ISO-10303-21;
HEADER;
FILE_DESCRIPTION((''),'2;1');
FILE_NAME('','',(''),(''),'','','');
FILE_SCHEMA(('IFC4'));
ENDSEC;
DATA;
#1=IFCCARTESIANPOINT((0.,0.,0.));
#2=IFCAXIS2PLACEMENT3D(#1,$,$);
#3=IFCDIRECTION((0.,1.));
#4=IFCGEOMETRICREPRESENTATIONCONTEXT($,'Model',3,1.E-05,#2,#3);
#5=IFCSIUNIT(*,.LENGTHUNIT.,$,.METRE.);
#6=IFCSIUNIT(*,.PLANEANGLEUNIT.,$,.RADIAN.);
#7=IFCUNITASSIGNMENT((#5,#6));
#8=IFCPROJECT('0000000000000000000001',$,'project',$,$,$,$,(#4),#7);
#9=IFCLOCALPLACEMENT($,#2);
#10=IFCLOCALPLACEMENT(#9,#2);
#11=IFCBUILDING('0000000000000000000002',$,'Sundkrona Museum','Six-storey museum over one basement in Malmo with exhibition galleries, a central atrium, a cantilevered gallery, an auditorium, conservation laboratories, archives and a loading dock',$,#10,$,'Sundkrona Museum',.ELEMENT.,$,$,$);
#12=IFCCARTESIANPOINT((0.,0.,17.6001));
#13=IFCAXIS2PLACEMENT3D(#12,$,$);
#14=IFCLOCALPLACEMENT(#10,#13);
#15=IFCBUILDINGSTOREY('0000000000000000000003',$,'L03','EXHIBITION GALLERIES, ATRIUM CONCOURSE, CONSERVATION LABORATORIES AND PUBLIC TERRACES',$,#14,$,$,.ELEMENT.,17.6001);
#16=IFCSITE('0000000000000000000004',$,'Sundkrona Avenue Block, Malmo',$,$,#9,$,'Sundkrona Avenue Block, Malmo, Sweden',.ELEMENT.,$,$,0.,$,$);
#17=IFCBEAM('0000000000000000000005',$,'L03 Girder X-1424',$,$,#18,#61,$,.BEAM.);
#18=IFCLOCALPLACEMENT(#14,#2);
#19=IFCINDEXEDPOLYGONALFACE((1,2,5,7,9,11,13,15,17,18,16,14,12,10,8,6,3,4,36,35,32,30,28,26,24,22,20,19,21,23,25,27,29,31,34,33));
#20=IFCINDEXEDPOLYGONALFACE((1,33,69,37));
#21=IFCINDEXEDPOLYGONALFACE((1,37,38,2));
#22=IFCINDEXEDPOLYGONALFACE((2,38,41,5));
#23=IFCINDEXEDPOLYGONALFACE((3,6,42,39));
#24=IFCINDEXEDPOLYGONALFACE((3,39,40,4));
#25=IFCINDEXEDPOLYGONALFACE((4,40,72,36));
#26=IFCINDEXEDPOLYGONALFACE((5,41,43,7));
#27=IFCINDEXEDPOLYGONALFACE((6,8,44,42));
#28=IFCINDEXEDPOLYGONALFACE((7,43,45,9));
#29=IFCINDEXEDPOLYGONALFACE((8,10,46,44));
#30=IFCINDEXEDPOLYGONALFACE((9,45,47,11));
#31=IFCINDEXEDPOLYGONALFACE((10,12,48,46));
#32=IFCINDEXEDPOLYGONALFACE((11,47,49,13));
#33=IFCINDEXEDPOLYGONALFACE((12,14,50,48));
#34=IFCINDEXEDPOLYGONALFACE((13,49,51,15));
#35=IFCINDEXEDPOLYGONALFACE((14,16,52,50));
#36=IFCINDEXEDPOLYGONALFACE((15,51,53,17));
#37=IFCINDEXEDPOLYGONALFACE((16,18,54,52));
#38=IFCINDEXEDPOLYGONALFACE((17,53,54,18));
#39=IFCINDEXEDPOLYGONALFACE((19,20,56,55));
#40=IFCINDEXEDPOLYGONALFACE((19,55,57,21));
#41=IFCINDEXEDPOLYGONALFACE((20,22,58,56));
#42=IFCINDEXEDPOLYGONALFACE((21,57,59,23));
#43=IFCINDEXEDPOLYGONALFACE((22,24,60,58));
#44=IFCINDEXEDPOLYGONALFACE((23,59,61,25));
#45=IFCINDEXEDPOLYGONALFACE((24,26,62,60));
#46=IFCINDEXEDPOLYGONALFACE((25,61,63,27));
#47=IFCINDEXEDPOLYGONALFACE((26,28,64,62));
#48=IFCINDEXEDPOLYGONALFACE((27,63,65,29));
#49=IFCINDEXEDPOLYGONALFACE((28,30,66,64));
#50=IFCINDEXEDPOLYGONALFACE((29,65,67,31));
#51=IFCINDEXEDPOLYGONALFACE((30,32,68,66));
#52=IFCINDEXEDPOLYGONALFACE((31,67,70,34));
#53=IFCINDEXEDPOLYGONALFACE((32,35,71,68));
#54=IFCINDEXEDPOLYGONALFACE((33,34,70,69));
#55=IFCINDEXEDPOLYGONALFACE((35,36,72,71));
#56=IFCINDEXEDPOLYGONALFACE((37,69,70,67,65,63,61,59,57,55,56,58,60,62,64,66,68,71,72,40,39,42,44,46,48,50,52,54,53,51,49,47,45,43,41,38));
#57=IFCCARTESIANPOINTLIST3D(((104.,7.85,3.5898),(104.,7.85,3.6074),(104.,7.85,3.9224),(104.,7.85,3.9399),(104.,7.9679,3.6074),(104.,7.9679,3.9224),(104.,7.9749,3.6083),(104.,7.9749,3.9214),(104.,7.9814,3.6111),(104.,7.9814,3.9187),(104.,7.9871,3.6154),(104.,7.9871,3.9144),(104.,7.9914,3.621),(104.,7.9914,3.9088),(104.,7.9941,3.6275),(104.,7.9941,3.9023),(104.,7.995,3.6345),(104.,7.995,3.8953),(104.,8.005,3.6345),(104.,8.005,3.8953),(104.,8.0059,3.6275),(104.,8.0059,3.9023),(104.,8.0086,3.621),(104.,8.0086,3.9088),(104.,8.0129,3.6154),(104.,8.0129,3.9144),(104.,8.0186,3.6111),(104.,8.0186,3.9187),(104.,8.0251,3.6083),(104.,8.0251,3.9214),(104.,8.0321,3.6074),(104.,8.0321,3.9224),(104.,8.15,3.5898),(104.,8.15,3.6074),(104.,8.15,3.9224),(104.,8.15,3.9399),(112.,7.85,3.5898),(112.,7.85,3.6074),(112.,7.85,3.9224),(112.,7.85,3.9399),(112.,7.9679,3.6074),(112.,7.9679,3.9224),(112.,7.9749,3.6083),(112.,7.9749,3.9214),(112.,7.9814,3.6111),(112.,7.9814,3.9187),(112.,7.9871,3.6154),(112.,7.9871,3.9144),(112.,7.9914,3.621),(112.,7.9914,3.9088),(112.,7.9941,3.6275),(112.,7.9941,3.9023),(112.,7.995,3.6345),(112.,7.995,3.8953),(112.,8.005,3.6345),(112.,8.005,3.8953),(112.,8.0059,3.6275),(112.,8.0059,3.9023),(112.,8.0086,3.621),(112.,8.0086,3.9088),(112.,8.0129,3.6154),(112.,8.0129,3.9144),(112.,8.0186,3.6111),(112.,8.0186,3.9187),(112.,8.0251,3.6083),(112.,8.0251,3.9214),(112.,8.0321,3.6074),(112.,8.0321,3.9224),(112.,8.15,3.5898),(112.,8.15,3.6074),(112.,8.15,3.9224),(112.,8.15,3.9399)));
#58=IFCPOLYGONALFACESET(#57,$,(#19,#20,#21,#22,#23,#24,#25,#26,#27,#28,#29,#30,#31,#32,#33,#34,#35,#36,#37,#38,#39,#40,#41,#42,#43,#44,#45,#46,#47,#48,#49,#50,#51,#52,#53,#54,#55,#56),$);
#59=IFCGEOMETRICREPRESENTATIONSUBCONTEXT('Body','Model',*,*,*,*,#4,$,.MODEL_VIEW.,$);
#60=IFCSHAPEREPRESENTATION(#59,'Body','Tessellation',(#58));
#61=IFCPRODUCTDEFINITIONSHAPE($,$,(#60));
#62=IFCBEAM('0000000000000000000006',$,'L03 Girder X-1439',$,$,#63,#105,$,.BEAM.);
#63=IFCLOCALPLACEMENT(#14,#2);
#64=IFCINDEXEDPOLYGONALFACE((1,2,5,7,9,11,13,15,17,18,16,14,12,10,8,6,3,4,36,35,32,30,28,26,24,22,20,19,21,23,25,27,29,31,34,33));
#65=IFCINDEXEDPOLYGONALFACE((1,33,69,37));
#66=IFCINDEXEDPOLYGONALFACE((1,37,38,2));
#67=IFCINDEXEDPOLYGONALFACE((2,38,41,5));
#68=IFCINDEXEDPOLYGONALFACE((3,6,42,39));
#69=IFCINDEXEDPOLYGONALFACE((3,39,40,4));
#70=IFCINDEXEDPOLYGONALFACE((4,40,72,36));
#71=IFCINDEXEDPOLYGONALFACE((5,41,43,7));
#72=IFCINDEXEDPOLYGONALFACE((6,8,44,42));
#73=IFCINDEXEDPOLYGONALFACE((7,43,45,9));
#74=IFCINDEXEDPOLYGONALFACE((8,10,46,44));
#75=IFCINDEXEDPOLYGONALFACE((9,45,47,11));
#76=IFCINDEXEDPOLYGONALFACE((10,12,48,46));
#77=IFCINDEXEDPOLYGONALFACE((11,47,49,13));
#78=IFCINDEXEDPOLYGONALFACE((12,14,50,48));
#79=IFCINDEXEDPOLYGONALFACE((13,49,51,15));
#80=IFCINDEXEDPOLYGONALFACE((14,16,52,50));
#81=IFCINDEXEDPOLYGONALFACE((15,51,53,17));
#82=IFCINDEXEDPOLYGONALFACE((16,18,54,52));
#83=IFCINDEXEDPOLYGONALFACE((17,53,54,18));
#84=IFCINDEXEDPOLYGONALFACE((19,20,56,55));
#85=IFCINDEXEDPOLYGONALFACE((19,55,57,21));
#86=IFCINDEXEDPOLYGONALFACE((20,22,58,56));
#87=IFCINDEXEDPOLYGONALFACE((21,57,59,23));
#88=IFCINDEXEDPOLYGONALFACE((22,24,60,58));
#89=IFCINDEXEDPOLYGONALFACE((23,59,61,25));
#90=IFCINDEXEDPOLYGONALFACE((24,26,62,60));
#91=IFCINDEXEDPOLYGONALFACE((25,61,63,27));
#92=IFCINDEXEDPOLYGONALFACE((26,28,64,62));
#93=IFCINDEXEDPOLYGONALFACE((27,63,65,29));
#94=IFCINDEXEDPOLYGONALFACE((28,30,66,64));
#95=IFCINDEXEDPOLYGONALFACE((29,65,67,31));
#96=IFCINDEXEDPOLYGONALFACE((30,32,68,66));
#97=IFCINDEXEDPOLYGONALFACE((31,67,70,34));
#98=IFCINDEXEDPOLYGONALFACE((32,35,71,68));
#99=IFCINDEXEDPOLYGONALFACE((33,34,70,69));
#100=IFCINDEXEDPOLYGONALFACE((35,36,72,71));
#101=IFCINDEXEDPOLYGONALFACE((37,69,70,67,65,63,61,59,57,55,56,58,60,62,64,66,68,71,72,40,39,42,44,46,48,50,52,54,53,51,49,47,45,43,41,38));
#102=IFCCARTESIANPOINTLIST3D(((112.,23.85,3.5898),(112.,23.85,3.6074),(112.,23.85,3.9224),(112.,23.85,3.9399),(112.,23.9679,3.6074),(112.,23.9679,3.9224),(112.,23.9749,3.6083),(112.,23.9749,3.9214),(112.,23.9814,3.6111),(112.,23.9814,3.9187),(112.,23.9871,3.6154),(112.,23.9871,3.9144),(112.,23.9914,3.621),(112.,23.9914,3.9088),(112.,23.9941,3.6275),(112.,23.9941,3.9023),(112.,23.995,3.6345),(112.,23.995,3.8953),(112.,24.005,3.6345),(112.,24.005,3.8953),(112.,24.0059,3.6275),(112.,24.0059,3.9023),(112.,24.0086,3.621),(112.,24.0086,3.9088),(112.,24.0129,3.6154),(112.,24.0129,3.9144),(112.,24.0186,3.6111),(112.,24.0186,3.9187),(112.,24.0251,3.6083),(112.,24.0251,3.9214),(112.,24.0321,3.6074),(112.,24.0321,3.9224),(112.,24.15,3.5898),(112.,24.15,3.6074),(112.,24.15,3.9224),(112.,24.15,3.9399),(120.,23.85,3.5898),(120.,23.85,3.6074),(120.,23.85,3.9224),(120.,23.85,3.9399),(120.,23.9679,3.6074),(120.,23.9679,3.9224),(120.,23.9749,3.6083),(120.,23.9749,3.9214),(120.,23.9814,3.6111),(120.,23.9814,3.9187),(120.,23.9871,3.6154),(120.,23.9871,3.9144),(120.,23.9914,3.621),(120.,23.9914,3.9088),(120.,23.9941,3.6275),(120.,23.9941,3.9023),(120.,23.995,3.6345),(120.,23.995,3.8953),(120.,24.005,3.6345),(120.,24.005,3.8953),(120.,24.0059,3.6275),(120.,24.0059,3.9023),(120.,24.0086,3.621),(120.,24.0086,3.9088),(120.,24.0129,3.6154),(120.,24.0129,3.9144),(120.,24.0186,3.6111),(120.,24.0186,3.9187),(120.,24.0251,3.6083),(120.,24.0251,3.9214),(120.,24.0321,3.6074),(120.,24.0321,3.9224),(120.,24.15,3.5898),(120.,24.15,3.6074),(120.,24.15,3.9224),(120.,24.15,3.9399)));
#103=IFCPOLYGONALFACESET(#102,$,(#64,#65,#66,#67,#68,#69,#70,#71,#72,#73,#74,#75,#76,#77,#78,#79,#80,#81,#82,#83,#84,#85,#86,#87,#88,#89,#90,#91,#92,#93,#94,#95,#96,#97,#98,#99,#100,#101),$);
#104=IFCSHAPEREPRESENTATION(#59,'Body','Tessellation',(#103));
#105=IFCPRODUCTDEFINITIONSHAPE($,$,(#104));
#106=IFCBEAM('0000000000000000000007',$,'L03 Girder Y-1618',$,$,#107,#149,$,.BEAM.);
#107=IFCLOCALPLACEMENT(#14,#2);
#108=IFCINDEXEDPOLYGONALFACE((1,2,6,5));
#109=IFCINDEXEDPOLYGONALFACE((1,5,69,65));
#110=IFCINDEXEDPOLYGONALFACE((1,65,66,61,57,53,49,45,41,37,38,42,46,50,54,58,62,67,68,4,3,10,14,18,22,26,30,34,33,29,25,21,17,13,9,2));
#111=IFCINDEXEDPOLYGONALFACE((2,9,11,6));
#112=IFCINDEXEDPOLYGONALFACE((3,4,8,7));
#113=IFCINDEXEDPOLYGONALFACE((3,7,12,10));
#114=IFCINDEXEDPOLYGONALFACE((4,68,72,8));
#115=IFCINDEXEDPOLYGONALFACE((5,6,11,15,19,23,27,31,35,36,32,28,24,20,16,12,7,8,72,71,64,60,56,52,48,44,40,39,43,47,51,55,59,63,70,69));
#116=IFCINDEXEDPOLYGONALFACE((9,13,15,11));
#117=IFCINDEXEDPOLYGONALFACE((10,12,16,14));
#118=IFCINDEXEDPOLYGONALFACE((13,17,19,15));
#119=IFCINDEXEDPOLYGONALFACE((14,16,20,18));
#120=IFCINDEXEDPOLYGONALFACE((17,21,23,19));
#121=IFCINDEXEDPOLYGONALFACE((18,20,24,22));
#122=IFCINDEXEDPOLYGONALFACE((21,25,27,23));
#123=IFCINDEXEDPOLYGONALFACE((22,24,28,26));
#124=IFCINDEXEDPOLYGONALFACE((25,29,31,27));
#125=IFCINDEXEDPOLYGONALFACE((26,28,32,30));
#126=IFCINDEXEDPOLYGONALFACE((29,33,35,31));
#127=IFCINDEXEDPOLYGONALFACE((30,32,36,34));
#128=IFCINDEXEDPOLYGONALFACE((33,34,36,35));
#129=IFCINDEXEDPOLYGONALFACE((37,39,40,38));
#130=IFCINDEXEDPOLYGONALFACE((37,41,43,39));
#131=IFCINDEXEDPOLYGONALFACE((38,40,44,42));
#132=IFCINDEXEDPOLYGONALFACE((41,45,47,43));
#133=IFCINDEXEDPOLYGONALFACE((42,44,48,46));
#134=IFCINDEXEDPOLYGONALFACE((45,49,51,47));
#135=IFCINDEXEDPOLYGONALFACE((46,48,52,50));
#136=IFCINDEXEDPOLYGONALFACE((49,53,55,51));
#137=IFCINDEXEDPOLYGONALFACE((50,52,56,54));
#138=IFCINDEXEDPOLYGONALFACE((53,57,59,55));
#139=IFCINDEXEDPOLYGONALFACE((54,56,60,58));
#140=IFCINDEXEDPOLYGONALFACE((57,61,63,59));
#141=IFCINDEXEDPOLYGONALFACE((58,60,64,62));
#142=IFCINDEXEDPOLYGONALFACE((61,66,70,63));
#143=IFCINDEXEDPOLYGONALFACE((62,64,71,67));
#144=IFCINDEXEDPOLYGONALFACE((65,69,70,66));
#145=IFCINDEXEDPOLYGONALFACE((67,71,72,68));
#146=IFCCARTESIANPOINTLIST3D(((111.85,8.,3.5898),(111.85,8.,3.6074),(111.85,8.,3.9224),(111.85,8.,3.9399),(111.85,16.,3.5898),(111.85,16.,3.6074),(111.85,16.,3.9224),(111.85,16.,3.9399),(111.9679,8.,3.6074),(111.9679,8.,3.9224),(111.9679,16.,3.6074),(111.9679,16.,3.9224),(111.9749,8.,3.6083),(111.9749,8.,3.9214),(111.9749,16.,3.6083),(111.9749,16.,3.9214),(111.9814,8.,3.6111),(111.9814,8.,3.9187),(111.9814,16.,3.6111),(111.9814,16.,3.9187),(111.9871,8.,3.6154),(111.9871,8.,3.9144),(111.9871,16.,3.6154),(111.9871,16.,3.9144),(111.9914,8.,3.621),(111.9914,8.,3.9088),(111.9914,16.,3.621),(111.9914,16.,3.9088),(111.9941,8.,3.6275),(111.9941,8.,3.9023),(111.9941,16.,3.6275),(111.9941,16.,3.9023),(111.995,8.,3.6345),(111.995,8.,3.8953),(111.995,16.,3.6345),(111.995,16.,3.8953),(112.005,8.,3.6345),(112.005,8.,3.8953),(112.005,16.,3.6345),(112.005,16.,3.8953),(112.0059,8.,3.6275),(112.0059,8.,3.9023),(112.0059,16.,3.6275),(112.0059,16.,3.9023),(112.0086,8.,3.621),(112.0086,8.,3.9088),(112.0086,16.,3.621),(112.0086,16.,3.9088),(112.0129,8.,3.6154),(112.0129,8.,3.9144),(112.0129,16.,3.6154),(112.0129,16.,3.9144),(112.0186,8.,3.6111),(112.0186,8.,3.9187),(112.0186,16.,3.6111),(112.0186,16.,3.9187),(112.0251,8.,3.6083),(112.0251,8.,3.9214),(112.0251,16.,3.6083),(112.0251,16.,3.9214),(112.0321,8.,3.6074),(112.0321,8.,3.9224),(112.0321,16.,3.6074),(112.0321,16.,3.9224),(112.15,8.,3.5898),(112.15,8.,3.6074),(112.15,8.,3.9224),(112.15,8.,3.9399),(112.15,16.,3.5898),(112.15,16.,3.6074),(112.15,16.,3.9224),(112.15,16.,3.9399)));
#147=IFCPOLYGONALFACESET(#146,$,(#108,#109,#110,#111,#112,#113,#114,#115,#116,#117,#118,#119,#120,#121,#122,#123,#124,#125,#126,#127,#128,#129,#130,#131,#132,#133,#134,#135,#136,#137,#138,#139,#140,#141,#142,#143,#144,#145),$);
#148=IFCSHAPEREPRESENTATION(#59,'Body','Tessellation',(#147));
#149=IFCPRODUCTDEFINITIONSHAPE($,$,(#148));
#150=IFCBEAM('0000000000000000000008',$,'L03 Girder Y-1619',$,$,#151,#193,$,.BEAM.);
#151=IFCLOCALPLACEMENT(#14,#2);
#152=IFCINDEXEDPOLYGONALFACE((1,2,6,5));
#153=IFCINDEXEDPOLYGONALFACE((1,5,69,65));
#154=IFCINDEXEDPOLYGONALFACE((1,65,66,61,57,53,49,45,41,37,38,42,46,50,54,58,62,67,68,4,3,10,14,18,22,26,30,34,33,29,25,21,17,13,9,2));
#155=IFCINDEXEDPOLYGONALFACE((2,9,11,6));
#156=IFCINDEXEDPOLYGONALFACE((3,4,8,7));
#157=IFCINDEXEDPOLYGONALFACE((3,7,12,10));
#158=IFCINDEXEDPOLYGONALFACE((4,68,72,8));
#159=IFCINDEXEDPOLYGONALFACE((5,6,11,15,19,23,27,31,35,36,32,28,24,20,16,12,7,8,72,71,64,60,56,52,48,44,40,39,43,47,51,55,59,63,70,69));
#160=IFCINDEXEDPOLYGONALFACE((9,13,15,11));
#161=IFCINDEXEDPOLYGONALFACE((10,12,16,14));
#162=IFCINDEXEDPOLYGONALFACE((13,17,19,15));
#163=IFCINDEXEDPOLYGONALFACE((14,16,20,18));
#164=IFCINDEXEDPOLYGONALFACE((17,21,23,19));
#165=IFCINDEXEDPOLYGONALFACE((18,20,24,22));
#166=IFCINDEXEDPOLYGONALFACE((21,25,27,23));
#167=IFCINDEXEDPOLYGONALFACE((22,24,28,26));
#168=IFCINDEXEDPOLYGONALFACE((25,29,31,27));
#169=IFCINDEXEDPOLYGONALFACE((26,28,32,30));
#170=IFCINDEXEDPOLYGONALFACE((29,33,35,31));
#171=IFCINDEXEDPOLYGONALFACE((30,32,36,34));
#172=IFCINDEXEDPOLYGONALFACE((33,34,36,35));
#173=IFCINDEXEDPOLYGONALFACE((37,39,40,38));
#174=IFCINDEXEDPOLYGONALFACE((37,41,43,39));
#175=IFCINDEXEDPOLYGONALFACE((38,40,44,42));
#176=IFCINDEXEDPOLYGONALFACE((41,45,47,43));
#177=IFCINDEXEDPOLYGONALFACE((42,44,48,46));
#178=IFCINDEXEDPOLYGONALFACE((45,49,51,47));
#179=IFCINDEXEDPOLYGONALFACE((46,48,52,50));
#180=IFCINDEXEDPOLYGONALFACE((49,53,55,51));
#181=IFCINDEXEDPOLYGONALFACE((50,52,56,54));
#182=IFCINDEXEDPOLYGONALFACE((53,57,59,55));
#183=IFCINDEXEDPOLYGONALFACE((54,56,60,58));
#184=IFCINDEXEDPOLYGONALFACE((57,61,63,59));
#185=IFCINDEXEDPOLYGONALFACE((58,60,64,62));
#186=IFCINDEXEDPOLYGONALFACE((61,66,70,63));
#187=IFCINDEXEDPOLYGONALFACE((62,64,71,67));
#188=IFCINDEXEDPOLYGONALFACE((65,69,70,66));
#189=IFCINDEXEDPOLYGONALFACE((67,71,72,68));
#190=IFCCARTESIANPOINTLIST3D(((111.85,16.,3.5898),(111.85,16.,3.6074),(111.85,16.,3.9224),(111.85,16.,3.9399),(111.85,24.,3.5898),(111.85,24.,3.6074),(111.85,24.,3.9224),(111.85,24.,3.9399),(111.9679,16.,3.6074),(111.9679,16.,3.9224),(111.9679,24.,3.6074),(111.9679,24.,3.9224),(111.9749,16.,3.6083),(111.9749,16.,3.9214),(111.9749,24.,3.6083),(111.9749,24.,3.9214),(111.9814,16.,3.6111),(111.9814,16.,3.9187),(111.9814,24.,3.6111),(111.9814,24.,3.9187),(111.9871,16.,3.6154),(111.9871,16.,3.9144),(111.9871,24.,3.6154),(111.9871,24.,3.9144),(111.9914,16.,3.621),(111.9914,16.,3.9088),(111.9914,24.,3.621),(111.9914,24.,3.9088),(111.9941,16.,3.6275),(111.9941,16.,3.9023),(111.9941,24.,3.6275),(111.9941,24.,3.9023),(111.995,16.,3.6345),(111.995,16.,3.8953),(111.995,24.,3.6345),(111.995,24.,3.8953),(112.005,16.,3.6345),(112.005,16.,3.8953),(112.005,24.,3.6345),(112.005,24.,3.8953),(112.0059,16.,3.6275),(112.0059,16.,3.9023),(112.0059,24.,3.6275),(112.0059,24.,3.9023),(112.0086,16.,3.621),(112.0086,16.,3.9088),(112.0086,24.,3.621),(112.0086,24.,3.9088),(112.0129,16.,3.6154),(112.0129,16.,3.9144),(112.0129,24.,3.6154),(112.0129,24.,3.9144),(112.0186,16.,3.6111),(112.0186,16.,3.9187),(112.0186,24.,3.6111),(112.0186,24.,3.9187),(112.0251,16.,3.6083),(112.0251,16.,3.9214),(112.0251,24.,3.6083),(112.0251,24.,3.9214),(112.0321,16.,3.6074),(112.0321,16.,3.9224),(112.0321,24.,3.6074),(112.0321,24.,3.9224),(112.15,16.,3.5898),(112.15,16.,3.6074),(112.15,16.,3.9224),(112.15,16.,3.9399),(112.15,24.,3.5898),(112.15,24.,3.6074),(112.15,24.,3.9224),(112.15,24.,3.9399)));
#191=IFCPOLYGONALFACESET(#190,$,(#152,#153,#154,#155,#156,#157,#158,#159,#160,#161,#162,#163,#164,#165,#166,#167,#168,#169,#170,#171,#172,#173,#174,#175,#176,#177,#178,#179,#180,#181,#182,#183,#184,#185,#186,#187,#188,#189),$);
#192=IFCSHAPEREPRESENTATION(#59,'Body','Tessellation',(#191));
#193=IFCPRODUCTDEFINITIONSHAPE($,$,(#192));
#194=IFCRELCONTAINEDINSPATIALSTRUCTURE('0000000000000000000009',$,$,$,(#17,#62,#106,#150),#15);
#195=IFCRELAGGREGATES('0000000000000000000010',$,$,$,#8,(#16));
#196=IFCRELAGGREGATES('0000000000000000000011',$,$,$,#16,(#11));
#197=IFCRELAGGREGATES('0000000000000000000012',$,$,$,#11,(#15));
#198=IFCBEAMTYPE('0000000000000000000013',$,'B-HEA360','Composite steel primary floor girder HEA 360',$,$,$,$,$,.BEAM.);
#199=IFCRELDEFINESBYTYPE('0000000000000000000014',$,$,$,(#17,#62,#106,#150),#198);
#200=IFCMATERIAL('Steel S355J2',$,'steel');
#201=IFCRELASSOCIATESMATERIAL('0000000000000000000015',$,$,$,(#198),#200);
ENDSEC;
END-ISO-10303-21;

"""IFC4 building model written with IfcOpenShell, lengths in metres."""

from ifc_helpers import new_model, si_unit, direction, frame, origin, origin_2d, place, context, subcontext, project, spatial, i_section, extrude, material, material_profile, profile_set, type_object, element, save


model = new_model("IFC4")

# Units and contexts
model_context = context("Model", 3, precision=1e-05, world=origin(), true_north=direction((0.0, 1.0)))
body_context = subcontext(model_context, "Body", "Model", "MODEL_VIEW")
ifc_project = project(units=[si_unit("LENGTHUNIT", "METRE"), si_unit("PLANEANGLEUNIT", "RADIAN")], contexts=[model_context])

# Site, building, storey
site_placement = place(None, origin())
site = spatial("IfcSite", under=ifc_project, at=site_placement, Name="Sundkrona Avenue Block, Malmo", LongName="Sundkrona Avenue Block, Malmo, Sweden", CompositionType="ELEMENT", RefElevation=0.0)
building_placement = place(site_placement, origin())
building = spatial("IfcBuilding", under=site, at=building_placement, Name="Sundkrona Museum", Description="Six-storey museum over one basement in Malmo with exhibition galleries, a central atrium, a cantilevered gallery, an auditorium, conservation laboratories, archives and a loading dock", LongName="Sundkrona Museum", CompositionType="ELEMENT")
storey_placement = place(building_placement, frame((0.0, 0.0, 17.6001)))
storey = spatial("IfcBuildingStorey", under=building, at=storey_placement, Name="L03", Description="EXHIBITION GALLERIES, ATRIUM CONCOURSE, CONSERVATION LABORATORIES AND PUBLIC TERRACES", CompositionType="ELEMENT", Elevation=17.6001)

# Shared definitions
ifc_material_1 = material(Name="Steel S355J2", Category="steel")

# Beams
ifc_material_profile_1 = material_profile(ifc_material_1, i_section(OverallWidth=0.3, OverallDepth=0.3501, WebThickness=0.01, FlangeThickness=0.0176, FilletRadius=0.0271, at=origin_2d()), Name="HEA 360")
ifc_profile_set_1 = profile_set([ifc_material_profile_1], Name="Steel S355J2")
beam_type_1 = type_object("IfcBeamType", Name="B-HEA360", Description="Composite steel primary floor girder HEA 360", PredefinedType="BEAM", material=ifc_profile_set_1)
for number, where, z_axis, x_axis, name in (
    (1, (104.0, 8.0, 3.7649), (1.0, 0.0, 0.0), (0.0, 1.0, 0.0), "L03 Girder X-1424"),
    (2, (112.0, 24.0, 3.7649), (1.0, 0.0, 0.0), (0.0, 1.0, 0.0), "L03 Girder X-1439"),
    (3, (112.0, 8.0, 3.7649), (0.0, 1.0, 0.0), (-1.0, 0.0, 0.0), "L03 Girder Y-1618"),
    (4, (112.0, 16.0, 3.7649), (0.0, 1.0, 0.0), (-1.0, 0.0, 0.0), "L03 Girder Y-1619"),
):
    element("IfcBeam", number, at=place(storey_placement, frame(where, z_axis=z_axis, x_axis=x_axis)), inside=storey, type_object=beam_type_1, Name=name, PredefinedType="BEAM", context=body_context, shape_type="SweptSolid", body=[
        extrude(i_section(OverallWidth=0.3, OverallDepth=0.3501, WebThickness=0.01, FlangeThickness=0.0176, FilletRadius=0.0271, at=origin_2d()), origin(), (0.0, 0.0, 1.0), 8.0),
    ])

save(model, "model.ifc")
